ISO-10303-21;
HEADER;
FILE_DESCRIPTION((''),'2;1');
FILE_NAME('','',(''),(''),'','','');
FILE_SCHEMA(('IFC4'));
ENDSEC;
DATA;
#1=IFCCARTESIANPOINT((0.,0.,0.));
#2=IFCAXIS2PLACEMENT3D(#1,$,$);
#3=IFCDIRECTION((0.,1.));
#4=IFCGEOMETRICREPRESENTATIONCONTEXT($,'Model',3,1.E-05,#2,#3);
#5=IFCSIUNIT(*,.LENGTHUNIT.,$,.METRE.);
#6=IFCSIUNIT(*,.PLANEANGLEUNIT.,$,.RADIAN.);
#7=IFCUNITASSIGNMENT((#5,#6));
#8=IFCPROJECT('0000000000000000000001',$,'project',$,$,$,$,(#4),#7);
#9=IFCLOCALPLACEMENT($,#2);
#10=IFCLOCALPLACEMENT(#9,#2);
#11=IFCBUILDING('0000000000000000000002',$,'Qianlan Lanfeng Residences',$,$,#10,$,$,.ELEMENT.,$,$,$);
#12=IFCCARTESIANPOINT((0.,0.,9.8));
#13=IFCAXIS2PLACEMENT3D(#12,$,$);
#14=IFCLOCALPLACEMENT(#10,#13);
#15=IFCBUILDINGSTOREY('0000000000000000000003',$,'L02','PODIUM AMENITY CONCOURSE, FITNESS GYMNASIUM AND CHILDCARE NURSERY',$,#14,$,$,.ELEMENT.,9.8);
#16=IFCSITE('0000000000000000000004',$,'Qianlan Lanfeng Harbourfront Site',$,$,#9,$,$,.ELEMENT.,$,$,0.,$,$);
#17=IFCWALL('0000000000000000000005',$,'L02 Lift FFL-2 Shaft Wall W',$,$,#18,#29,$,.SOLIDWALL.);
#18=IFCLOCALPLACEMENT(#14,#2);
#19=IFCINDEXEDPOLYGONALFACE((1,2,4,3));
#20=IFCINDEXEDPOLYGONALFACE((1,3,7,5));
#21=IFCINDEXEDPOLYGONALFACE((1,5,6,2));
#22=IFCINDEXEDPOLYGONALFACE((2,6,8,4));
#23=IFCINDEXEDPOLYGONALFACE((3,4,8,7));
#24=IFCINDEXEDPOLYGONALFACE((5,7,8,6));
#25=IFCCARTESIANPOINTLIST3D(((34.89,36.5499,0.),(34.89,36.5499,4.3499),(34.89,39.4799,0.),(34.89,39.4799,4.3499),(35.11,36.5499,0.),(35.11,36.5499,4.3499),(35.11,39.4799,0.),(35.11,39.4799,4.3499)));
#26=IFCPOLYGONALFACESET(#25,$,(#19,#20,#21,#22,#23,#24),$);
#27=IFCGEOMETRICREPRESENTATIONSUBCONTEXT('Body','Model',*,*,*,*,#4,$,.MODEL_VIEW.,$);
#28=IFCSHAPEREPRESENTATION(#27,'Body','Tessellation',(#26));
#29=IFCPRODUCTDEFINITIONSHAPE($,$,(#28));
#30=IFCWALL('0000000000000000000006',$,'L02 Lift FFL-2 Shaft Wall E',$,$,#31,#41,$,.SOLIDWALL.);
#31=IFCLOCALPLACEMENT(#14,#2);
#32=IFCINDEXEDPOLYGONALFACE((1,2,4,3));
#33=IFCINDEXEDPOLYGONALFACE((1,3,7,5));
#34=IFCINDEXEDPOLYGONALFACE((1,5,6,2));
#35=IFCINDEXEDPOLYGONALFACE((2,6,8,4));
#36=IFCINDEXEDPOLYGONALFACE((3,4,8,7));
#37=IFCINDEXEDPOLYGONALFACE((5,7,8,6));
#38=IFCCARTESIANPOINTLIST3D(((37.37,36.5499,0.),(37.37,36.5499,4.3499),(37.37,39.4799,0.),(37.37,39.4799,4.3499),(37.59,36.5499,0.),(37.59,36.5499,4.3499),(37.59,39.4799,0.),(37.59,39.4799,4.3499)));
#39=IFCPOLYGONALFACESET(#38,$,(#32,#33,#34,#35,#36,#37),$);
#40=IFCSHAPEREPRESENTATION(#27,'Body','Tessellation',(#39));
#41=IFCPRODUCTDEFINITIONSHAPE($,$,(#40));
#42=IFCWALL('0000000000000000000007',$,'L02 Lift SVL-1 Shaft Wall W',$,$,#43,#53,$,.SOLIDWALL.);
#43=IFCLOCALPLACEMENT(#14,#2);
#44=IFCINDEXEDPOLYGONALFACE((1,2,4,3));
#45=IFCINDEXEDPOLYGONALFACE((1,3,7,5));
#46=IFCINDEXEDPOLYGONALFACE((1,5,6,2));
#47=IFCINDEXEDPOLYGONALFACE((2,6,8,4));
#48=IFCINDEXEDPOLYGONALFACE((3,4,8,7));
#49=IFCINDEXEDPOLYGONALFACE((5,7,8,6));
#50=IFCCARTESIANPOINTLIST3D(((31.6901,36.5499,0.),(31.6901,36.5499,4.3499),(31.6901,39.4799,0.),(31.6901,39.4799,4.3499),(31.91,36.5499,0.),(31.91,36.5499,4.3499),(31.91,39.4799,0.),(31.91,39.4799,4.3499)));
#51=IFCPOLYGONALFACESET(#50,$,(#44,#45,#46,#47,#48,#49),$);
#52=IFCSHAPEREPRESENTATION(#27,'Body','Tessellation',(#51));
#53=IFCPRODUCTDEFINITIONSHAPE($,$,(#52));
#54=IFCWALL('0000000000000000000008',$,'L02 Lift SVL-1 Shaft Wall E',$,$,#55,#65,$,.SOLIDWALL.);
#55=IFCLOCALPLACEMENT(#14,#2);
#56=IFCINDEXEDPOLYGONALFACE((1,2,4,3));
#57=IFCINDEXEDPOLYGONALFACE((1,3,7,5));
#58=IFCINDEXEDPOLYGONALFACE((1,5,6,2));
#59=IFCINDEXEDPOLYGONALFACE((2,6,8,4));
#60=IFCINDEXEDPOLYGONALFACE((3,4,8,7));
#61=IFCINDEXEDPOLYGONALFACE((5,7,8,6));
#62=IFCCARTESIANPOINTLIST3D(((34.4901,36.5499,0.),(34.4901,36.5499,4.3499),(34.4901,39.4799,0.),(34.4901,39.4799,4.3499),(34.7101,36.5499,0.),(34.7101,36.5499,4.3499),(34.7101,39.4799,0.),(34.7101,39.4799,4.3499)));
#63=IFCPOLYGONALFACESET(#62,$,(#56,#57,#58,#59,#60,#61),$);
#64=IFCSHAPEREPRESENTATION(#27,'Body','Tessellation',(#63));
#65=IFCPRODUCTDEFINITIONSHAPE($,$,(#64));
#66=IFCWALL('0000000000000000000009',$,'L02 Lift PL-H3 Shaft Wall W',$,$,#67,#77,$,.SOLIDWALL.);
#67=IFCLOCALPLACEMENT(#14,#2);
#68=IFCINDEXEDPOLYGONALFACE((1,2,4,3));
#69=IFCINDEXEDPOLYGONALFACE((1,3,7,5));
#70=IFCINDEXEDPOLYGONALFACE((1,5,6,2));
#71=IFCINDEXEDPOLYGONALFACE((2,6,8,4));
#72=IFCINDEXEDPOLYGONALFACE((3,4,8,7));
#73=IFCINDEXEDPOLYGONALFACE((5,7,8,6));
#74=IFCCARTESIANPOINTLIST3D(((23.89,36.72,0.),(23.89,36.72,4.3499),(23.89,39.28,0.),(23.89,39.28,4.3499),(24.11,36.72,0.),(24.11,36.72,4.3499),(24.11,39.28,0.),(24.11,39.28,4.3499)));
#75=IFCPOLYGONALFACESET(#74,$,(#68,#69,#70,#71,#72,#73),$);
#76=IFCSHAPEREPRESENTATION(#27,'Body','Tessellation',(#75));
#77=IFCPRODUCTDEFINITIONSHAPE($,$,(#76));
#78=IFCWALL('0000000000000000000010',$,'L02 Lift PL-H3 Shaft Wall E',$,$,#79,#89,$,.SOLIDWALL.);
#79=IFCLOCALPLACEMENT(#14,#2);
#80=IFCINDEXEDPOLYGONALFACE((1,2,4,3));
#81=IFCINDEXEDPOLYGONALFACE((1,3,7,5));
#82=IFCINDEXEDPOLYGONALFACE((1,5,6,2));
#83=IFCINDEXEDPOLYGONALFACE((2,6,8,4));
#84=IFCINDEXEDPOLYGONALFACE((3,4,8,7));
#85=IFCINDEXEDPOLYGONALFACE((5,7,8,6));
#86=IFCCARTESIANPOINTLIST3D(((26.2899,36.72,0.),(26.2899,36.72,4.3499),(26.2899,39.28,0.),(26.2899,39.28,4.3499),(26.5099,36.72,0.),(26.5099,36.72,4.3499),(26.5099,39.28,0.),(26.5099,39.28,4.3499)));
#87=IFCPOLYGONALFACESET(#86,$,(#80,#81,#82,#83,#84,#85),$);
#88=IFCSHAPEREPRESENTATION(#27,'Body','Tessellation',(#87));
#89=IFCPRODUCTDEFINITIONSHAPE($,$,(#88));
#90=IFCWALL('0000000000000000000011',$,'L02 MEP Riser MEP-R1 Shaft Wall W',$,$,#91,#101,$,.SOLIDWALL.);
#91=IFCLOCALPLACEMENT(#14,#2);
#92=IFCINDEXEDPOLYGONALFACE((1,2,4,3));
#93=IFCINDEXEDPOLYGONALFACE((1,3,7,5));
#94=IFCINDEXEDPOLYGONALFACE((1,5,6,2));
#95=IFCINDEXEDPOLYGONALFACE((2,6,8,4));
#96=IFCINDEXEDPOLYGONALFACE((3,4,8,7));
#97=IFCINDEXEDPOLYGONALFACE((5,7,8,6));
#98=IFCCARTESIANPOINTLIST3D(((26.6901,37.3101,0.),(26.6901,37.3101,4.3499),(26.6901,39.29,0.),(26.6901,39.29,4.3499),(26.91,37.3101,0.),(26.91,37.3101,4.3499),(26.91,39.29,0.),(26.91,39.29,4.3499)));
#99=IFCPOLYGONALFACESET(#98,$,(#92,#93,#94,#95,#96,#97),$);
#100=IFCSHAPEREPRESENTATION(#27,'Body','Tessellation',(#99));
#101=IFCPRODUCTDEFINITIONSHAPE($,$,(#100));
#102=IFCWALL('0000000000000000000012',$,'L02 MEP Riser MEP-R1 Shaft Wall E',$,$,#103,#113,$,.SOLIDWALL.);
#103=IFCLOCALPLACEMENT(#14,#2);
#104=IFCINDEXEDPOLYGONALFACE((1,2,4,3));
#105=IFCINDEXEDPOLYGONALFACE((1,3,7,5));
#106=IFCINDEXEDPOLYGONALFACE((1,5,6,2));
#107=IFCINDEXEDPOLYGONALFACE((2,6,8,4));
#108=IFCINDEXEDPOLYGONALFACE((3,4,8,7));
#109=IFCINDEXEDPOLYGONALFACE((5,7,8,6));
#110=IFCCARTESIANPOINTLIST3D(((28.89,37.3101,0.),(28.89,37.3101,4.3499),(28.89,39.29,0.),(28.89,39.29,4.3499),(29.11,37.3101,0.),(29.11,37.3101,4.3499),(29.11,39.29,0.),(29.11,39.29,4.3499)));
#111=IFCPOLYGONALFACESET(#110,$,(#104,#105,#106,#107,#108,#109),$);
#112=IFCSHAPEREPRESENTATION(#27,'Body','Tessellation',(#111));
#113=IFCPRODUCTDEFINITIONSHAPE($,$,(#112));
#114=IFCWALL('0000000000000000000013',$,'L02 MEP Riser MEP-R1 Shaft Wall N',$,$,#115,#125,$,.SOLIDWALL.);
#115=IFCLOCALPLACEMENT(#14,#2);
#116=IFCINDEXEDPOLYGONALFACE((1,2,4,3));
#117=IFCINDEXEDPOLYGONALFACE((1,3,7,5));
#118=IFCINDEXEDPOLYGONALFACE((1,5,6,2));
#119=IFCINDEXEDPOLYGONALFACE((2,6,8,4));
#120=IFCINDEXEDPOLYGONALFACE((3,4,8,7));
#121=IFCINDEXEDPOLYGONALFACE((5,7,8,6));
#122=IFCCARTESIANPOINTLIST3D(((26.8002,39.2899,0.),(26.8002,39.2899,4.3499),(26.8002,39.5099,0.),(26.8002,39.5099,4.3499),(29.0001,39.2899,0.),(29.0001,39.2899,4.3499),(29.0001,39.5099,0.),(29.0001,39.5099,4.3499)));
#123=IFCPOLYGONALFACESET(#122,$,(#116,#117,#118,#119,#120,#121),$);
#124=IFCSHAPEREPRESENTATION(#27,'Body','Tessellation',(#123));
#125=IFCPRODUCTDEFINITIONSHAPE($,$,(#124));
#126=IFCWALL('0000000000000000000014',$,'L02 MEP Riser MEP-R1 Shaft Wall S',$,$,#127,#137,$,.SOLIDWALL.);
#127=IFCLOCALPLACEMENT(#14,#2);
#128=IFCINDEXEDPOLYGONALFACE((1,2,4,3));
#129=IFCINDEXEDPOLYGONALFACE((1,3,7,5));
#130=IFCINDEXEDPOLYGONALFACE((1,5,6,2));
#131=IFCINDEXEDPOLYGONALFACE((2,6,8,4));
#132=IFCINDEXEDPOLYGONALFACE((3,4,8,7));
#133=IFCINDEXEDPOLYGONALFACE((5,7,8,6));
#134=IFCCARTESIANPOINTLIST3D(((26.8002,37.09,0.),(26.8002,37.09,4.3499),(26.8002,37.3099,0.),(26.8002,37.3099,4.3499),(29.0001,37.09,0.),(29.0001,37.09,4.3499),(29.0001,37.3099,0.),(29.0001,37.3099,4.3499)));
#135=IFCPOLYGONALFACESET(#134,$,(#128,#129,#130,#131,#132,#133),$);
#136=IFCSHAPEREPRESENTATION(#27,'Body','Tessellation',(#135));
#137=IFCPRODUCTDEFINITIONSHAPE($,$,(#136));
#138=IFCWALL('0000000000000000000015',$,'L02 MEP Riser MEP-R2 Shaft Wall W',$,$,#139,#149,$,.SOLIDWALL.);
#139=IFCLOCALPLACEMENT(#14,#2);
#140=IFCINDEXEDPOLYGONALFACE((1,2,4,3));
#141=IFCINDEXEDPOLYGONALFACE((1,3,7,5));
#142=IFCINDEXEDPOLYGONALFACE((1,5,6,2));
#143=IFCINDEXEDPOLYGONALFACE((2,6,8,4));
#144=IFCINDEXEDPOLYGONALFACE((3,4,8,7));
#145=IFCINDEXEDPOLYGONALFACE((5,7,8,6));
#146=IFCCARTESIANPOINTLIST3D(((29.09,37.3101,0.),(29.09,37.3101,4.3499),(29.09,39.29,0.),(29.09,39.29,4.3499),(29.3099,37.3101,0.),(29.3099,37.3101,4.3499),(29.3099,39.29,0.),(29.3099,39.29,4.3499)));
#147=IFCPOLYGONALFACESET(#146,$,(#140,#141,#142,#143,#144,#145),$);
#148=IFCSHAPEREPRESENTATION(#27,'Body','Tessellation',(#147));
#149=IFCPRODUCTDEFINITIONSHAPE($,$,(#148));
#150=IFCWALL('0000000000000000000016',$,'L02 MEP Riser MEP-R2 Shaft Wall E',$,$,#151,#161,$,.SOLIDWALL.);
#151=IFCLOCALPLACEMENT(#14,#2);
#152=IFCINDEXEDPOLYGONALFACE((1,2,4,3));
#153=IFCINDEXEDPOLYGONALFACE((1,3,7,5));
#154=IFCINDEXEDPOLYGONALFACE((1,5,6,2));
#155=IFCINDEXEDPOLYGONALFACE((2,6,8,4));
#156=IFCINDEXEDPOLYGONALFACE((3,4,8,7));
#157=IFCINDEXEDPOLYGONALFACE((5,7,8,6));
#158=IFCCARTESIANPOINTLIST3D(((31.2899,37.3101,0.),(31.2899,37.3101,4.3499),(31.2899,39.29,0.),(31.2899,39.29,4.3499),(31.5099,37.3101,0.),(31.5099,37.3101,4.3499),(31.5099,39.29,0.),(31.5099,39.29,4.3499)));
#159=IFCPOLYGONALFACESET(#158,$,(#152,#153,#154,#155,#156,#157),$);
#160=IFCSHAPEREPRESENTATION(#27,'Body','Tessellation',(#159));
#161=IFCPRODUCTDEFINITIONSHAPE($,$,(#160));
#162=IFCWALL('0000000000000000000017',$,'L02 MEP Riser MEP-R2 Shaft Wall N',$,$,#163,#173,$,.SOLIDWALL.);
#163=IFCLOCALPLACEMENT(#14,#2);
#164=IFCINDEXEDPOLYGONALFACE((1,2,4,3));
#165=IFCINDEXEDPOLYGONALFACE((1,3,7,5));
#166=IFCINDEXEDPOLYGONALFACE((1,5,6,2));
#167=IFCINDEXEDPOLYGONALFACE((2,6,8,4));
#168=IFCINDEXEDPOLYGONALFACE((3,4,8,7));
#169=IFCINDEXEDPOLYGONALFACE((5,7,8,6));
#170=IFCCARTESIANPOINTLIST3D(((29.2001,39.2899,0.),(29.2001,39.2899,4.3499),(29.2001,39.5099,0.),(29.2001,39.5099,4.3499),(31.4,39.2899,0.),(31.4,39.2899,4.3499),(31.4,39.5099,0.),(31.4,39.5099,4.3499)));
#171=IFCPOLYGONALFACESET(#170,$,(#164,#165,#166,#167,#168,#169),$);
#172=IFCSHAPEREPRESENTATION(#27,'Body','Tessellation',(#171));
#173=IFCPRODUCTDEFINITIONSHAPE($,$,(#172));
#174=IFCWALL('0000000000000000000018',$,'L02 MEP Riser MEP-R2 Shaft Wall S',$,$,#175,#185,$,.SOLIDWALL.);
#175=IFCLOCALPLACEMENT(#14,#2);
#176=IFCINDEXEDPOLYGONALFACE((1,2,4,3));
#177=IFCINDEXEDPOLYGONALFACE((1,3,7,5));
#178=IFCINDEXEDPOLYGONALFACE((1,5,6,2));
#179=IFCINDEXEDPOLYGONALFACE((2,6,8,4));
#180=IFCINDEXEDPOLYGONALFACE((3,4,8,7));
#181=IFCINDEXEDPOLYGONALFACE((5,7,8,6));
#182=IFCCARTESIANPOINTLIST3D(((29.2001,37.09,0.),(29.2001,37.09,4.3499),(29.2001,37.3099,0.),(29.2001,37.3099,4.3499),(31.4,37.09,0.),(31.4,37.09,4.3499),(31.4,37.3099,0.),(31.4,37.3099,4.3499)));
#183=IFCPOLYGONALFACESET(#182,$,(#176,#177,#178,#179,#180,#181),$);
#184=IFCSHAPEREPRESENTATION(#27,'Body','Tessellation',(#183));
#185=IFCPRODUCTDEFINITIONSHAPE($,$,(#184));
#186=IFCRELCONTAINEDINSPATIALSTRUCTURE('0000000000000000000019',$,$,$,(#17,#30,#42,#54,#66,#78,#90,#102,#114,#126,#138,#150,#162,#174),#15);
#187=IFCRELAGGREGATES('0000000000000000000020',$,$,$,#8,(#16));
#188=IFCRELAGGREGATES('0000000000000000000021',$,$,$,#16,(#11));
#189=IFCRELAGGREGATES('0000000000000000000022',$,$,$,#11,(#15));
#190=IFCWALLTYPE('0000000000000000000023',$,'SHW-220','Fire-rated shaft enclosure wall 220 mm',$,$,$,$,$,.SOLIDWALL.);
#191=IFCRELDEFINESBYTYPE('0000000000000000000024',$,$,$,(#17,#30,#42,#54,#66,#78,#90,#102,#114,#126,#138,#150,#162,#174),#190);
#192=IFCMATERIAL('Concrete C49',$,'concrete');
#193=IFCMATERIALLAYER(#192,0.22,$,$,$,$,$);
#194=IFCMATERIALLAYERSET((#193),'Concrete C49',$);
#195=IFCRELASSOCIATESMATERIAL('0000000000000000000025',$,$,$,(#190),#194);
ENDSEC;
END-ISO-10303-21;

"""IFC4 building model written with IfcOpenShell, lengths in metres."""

from ifc_helpers import new_model, si_unit, direction, frame, frame_2d, origin, place, context, subcontext, project, spatial, rectangle, extrude, material, layer, layer_set, type_object, element, save


model = new_model("IFC4")

# Units and contexts
model_context = context("Model", 3, precision=1e-05, world=origin(), true_north=direction((0.0, 1.0)))
body_context = subcontext(model_context, "Body", "Model", "MODEL_VIEW")
ifc_project = project(units=[si_unit("LENGTHUNIT", "METRE"), si_unit("PLANEANGLEUNIT", "RADIAN")], contexts=[model_context])

# Site, building, storey
site_placement = place(None, origin())
site = spatial("IfcSite", under=ifc_project, at=site_placement, Name="Qianlan Lanfeng Harbourfront Site", CompositionType="ELEMENT", RefElevation=0.0)
building_placement = place(site_placement, origin())
building = spatial("IfcBuilding", under=site, at=building_placement, Name="Qianlan Lanfeng Residences", CompositionType="ELEMENT")
storey_placement = place(building_placement, frame((0.0, 0.0, 9.8)))
storey = spatial("IfcBuildingStorey", under=building, at=storey_placement, Name="L02", Description="PODIUM AMENITY CONCOURSE, FITNESS GYMNASIUM AND CHILDCARE NURSERY", CompositionType="ELEMENT", Elevation=9.8)

# Walls
ifc_material_1 = material(Name="Concrete C49", Category="concrete")
ifc_layer = layer(ifc_material_1, 0.22)
ifc_layer_set = layer_set([ifc_layer], Name="Concrete C49")
wall_type = type_object("IfcWallType", Name="SHW-220", Description="Fire-rated shaft enclosure wall 220 mm", PredefinedType="SOLIDWALL", material=ifc_layer_set)
for number, where, z_axis, x_axis, name in (
    (1, (35.0, 36.55, 0.0), (0.0, 0.0, 1.0), (0.0, 1.0, 0.0), "L02 Lift FFL-2 Shaft Wall W"),
    (2, (37.48, 36.55, 0.0), (0.0, 0.0, 1.0), (0.0, 1.0, 0.0), "L02 Lift FFL-2 Shaft Wall E"),
    (3, (31.8, 36.55, 0.0), (0.0, 0.0, 1.0), (0.0, 1.0, 0.0), "L02 Lift SVL-1 Shaft Wall W"),
    (4, (34.6001, 36.55, 0.0), (0.0, 0.0, 1.0), (0.0, 1.0, 0.0), "L02 Lift SVL-1 Shaft Wall E"),
):
    element("IfcWall", number, at=place(storey_placement, frame(where, z_axis=z_axis, x_axis=x_axis)), inside=storey, type_object=wall_type, Name=name, PredefinedType="SOLIDWALL", context=body_context, shape_type="SweptSolid", body=[
        extrude(rectangle(XDim=2.9299, YDim=0.22, at=frame_2d((1.4648, 0.0))), origin(), (0.0, 0.0, 1.0), 4.3499),
    ])
for number, where, z_axis, x_axis, name in (
    (5, (24.0, 36.72, 0.0), (0.0, 0.0, 1.0), (0.0, 1.0, 0.0), "L02 Lift PL-H3 Shaft Wall W"),
    (6, (26.3999, 36.72, 0.0), (0.0, 0.0, 1.0), (0.0, 1.0, 0.0), "L02 Lift PL-H3 Shaft Wall E"),
):
    element("IfcWall", number, at=place(storey_placement, frame(where, z_axis=z_axis, x_axis=x_axis)), inside=storey, type_object=wall_type, Name=name, PredefinedType="SOLIDWALL", context=body_context, shape_type="SweptSolid", body=[
        extrude(rectangle(XDim=2.5601, YDim=0.22, at=frame_2d((1.28, 0.0))), origin(), (0.0, 0.0, 1.0), 4.3499),
    ])
for number, where, z_axis, x_axis, name in (
    (7, (26.8, 37.3101, 0.0), (0.0, 0.0, 1.0), (0.0, 1.0, 0.0), "L02 MEP Riser MEP-R1 Shaft Wall W"),
    (8, (29.0, 37.3101, 0.0), (0.0, 0.0, 1.0), (0.0, 1.0, 0.0), "L02 MEP Riser MEP-R1 Shaft Wall E"),
):
    element("IfcWall", number, at=place(storey_placement, frame(where, z_axis=z_axis, x_axis=x_axis)), inside=storey, type_object=wall_type, Name=name, PredefinedType="SOLIDWALL", context=body_context, shape_type="SweptSolid", body=[
        extrude(rectangle(XDim=1.98, YDim=0.22, at=frame_2d((0.99, 0.0))), origin(), (0.0, 0.0, 1.0), 4.3499),
    ])
for number, where, z_axis, x_axis, name in (
    (9, (26.8, 39.3999, 0.0), (0.0, 0.0, 1.0), (1.0, 0.0, 0.0), "L02 MEP Riser MEP-R1 Shaft Wall N"),
    (10, (26.8, 37.2, 0.0), (0.0, 0.0, 1.0), (1.0, 0.0, 0.0), "L02 MEP Riser MEP-R1 Shaft Wall S"),
):
    element("IfcWall", number, at=place(storey_placement, frame(where, z_axis=z_axis, x_axis=x_axis)), inside=storey, type_object=wall_type, Name=name, PredefinedType="SOLIDWALL", context=body_context, shape_type="SweptSolid", body=[
        extrude(rectangle(XDim=2.2, YDim=0.22, at=frame_2d((1.1001, 0.0))), origin(), (0.0, 0.0, 1.0), 4.3499),
    ])
for number, where, z_axis, x_axis, name in (
    (11, (29.2, 37.3101, 0.0), (0.0, 0.0, 1.0), (0.0, 1.0, 0.0), "L02 MEP Riser MEP-R2 Shaft Wall W"),
    (12, (31.3999, 37.3101, 0.0), (0.0, 0.0, 1.0), (0.0, 1.0, 0.0), "L02 MEP Riser MEP-R2 Shaft Wall E"),
):
    element("IfcWall", number, at=place(storey_placement, frame(where, z_axis=z_axis, x_axis=x_axis)), inside=storey, type_object=wall_type, Name=name, PredefinedType="SOLIDWALL", context=body_context, shape_type="SweptSolid", body=[
        extrude(rectangle(XDim=1.98, YDim=0.22, at=frame_2d((0.99, 0.0))), origin(), (0.0, 0.0, 1.0), 4.3499),
    ])
for number, where, z_axis, x_axis, name in (
    (13, (29.2, 39.3999, 0.0), (0.0, 0.0, 1.0), (1.0, 0.0, 0.0), "L02 MEP Riser MEP-R2 Shaft Wall N"),
    (14, (29.2, 37.2, 0.0), (0.0, 0.0, 1.0), (1.0, 0.0, 0.0), "L02 MEP Riser MEP-R2 Shaft Wall S"),
):
    element("IfcWall", number, at=place(storey_placement, frame(where, z_axis=z_axis, x_axis=x_axis)), inside=storey, type_object=wall_type, Name=name, PredefinedType="SOLIDWALL", context=body_context, shape_type="SweptSolid", body=[
        extrude(rectangle(XDim=2.2, YDim=0.22, at=frame_2d((1.1001, 0.0))), origin(), (0.0, 0.0, 1.0), 4.3499),
    ])

save(model, "model.ifc")
